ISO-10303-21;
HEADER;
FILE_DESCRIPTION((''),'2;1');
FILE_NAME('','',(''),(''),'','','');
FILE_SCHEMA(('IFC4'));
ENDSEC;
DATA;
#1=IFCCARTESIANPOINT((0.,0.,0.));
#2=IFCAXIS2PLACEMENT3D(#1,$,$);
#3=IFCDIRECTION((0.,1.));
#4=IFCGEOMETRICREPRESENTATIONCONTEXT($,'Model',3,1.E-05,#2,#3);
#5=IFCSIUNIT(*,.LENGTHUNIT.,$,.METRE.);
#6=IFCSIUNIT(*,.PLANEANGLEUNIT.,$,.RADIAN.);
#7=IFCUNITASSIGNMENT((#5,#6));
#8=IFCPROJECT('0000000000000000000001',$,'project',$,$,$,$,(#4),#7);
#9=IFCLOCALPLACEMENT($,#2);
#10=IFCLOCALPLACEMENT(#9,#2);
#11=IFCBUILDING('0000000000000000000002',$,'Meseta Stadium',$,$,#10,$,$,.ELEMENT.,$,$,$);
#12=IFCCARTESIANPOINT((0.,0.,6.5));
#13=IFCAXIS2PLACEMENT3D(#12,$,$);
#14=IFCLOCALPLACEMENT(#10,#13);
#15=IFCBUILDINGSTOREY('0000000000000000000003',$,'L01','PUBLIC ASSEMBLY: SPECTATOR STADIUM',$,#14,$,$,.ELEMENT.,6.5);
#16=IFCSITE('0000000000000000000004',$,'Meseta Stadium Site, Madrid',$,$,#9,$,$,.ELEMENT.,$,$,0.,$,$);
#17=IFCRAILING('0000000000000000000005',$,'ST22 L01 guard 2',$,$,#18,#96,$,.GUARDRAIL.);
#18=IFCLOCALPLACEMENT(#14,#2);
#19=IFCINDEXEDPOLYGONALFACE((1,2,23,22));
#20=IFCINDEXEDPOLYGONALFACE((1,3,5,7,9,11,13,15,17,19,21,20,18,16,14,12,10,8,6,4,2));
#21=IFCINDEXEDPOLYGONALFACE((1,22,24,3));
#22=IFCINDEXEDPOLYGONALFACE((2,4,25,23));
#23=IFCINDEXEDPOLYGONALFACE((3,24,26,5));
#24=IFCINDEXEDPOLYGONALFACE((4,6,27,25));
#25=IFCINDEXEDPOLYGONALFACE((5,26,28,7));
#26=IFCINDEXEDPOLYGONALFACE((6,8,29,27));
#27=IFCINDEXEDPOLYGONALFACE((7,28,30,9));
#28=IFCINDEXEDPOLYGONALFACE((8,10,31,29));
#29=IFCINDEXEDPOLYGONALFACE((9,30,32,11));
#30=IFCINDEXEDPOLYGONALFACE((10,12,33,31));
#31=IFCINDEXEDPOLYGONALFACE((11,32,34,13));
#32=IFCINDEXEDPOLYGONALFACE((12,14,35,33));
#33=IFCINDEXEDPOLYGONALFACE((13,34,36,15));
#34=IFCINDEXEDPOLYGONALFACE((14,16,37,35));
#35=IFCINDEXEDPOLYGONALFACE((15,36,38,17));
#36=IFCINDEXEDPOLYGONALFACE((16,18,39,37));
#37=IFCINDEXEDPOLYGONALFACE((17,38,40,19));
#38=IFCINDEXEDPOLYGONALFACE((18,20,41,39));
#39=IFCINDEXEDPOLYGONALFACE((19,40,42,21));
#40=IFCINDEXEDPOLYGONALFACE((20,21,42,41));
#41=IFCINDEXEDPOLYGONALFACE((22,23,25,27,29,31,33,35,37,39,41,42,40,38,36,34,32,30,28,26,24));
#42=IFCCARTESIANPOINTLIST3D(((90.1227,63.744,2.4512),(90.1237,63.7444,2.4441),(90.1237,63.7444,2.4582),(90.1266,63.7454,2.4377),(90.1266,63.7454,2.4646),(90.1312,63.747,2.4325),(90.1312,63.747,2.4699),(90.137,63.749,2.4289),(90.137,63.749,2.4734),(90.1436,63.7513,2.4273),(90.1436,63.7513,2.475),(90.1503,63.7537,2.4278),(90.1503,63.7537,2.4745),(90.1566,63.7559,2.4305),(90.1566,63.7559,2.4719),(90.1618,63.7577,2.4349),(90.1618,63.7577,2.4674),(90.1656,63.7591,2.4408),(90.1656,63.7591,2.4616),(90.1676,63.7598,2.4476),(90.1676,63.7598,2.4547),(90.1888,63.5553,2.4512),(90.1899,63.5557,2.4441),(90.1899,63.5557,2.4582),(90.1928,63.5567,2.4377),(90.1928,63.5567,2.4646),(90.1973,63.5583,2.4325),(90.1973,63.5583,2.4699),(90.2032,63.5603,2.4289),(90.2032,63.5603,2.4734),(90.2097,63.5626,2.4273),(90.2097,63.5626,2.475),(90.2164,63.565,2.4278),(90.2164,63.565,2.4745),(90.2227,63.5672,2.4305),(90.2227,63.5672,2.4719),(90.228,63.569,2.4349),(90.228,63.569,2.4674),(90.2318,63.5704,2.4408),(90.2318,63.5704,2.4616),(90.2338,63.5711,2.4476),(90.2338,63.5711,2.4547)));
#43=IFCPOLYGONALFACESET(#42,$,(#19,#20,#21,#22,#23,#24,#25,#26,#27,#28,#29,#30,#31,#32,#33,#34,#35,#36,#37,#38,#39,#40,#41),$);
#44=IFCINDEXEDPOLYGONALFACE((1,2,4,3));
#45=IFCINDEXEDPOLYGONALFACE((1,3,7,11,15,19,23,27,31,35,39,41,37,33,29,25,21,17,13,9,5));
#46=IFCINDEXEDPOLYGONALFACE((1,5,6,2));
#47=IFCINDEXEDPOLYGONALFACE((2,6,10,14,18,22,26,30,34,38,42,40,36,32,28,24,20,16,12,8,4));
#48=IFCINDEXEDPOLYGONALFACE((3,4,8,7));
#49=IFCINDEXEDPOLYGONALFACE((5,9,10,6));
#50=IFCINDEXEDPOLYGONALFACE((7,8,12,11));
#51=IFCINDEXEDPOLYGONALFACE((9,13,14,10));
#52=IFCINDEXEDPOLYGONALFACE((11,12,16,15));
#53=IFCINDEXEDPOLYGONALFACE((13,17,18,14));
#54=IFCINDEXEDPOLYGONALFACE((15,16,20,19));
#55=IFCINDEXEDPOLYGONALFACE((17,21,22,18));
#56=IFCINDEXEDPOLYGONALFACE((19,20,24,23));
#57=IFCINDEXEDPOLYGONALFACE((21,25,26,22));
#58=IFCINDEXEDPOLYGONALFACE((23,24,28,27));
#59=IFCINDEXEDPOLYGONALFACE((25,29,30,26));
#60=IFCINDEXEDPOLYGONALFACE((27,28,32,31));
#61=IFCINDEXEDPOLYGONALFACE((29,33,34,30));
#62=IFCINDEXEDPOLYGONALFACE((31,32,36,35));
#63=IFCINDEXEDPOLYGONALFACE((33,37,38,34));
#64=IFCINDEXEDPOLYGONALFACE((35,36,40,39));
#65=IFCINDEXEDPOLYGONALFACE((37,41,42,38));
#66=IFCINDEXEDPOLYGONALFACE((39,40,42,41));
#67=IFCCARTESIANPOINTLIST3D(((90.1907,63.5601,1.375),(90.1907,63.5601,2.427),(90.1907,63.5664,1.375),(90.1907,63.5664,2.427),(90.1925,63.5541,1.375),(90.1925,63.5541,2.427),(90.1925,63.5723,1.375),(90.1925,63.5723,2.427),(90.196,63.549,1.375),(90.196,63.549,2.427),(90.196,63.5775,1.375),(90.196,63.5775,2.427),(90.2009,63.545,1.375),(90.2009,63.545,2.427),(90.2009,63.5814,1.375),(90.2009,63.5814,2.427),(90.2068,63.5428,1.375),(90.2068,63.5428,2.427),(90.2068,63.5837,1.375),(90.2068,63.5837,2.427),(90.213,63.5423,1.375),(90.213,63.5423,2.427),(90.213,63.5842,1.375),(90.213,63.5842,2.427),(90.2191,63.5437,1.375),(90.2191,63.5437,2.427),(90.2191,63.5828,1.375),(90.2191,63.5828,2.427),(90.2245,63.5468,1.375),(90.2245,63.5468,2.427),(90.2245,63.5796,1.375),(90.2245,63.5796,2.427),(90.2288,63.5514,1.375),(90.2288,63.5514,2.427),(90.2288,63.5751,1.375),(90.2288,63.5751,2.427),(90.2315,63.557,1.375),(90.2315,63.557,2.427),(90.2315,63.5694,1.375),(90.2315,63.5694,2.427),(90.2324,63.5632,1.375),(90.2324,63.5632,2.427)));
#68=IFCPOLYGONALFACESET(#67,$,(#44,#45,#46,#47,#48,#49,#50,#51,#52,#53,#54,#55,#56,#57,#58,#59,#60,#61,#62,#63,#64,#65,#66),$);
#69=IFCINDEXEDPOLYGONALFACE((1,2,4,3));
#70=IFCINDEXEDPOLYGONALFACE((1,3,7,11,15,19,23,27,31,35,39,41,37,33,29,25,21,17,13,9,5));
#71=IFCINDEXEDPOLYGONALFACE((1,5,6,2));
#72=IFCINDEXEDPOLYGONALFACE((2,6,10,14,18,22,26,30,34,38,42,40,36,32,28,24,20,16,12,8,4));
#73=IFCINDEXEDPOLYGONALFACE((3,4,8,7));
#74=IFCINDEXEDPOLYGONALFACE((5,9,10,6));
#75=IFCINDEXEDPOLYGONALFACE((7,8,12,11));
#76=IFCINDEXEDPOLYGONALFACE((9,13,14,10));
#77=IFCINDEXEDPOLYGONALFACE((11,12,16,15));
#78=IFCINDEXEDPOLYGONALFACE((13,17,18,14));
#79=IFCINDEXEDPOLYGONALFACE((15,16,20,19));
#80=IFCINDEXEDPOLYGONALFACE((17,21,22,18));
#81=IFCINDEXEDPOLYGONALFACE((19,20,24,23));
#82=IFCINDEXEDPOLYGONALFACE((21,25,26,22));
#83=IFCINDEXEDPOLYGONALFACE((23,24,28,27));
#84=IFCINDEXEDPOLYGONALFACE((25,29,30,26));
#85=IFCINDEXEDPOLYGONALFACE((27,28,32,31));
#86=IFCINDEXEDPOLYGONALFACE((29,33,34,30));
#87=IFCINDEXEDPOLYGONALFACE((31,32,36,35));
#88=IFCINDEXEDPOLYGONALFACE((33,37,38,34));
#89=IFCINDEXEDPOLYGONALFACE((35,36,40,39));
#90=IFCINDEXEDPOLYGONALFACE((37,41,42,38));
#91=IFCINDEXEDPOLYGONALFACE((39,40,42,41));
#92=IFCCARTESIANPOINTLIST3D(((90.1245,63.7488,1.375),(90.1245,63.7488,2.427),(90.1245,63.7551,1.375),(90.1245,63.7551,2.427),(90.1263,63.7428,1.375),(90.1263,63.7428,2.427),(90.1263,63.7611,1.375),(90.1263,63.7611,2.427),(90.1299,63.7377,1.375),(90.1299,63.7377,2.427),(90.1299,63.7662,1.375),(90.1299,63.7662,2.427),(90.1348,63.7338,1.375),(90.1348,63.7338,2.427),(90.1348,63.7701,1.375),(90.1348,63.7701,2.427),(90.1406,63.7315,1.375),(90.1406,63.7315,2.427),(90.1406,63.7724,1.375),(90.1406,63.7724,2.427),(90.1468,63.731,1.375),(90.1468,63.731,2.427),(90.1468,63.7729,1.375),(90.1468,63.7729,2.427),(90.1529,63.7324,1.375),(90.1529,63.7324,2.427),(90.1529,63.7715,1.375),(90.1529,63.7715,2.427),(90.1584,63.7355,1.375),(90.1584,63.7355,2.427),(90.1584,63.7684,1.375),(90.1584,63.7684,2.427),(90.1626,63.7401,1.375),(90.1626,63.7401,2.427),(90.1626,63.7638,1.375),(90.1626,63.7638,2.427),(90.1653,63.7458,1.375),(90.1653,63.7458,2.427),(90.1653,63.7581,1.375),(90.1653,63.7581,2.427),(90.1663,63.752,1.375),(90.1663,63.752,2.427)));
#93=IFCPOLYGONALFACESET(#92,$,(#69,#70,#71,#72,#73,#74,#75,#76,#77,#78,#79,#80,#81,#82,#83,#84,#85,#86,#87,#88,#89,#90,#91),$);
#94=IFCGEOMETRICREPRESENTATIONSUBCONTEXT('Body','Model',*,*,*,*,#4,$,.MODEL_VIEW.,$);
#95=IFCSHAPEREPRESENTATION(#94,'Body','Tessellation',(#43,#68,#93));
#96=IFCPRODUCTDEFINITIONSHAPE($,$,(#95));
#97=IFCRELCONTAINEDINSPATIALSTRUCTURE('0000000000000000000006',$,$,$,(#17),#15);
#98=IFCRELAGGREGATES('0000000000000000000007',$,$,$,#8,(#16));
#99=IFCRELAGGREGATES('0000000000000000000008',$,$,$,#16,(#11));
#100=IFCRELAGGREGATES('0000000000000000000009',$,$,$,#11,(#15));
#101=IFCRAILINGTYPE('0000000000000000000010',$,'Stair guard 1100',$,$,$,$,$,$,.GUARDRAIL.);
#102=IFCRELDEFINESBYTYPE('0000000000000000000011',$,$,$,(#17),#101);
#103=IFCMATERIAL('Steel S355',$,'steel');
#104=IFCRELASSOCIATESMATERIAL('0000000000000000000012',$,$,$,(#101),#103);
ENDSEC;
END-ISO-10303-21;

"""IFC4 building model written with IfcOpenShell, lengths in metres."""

from ifc_helpers import new_model, si_unit, direction, frame, origin, origin_2d, place, context, subcontext, project, spatial, circle, extrude, material, type_object, element, save


model = new_model("IFC4")

# Units and contexts
model_context = context("Model", 3, precision=1e-05, world=origin(), true_north=direction((0.0, 1.0)))
body_context = subcontext(model_context, "Body", "Model", "MODEL_VIEW")
ifc_project = project(units=[si_unit("LENGTHUNIT", "METRE"), si_unit("PLANEANGLEUNIT", "RADIAN")], contexts=[model_context])

# Site, building, storey
site_placement = place(None, origin())
site = spatial("IfcSite", under=ifc_project, at=site_placement, Name="Meseta Stadium Site, Madrid", CompositionType="ELEMENT", RefElevation=0.0)
building_placement = place(site_placement, origin())
building = spatial("IfcBuilding", under=site, at=building_placement, Name="Meseta Stadium", CompositionType="ELEMENT")
storey_placement = place(building_placement, frame((0.0, 0.0, 6.5)))
storey = spatial("IfcBuildingStorey", under=building, at=storey_placement, Name="L01", Description="PUBLIC ASSEMBLY: SPECTATOR STADIUM", CompositionType="ELEMENT", Elevation=6.5)

# Railing
ifc_material_1 = material(Name="Steel S355", Category="steel")
railing_type_1 = type_object("IfcRailingType", Name="Stair guard 1100", PredefinedType="GUARDRAIL", material=ifc_material_1)
railing_1_placement = place(storey_placement, frame((90.2114, 63.5632, 1.375)))
element("IfcRailing", 1, at=railing_1_placement, inside=storey, type_object=railing_type_1, Name="ST22 L01 guard 2", PredefinedType="GUARDRAIL", context=body_context, shape_type="SweptSolid", body=[
    extrude(circle(Radius=0.0239, at=origin_2d()), frame((0.0, 0.0, 1.0762), z_axis=(-0.33084, 0.943687, 0.0), x_axis=(-0.943687, -0.33084, 0.0)), (0.0, 0.0, 1.0), 0.2),
    extrude(circle(Radius=0.021, at=origin_2d()), origin(), (0.0, 0.0, 1.0), 1.052),
    extrude(circle(Radius=0.021, at=origin_2d()), frame((-0.0662, 0.1887, 0.0)), (0.0, 0.0, 1.0), 1.052),
])

save(model, "model.ifc")
